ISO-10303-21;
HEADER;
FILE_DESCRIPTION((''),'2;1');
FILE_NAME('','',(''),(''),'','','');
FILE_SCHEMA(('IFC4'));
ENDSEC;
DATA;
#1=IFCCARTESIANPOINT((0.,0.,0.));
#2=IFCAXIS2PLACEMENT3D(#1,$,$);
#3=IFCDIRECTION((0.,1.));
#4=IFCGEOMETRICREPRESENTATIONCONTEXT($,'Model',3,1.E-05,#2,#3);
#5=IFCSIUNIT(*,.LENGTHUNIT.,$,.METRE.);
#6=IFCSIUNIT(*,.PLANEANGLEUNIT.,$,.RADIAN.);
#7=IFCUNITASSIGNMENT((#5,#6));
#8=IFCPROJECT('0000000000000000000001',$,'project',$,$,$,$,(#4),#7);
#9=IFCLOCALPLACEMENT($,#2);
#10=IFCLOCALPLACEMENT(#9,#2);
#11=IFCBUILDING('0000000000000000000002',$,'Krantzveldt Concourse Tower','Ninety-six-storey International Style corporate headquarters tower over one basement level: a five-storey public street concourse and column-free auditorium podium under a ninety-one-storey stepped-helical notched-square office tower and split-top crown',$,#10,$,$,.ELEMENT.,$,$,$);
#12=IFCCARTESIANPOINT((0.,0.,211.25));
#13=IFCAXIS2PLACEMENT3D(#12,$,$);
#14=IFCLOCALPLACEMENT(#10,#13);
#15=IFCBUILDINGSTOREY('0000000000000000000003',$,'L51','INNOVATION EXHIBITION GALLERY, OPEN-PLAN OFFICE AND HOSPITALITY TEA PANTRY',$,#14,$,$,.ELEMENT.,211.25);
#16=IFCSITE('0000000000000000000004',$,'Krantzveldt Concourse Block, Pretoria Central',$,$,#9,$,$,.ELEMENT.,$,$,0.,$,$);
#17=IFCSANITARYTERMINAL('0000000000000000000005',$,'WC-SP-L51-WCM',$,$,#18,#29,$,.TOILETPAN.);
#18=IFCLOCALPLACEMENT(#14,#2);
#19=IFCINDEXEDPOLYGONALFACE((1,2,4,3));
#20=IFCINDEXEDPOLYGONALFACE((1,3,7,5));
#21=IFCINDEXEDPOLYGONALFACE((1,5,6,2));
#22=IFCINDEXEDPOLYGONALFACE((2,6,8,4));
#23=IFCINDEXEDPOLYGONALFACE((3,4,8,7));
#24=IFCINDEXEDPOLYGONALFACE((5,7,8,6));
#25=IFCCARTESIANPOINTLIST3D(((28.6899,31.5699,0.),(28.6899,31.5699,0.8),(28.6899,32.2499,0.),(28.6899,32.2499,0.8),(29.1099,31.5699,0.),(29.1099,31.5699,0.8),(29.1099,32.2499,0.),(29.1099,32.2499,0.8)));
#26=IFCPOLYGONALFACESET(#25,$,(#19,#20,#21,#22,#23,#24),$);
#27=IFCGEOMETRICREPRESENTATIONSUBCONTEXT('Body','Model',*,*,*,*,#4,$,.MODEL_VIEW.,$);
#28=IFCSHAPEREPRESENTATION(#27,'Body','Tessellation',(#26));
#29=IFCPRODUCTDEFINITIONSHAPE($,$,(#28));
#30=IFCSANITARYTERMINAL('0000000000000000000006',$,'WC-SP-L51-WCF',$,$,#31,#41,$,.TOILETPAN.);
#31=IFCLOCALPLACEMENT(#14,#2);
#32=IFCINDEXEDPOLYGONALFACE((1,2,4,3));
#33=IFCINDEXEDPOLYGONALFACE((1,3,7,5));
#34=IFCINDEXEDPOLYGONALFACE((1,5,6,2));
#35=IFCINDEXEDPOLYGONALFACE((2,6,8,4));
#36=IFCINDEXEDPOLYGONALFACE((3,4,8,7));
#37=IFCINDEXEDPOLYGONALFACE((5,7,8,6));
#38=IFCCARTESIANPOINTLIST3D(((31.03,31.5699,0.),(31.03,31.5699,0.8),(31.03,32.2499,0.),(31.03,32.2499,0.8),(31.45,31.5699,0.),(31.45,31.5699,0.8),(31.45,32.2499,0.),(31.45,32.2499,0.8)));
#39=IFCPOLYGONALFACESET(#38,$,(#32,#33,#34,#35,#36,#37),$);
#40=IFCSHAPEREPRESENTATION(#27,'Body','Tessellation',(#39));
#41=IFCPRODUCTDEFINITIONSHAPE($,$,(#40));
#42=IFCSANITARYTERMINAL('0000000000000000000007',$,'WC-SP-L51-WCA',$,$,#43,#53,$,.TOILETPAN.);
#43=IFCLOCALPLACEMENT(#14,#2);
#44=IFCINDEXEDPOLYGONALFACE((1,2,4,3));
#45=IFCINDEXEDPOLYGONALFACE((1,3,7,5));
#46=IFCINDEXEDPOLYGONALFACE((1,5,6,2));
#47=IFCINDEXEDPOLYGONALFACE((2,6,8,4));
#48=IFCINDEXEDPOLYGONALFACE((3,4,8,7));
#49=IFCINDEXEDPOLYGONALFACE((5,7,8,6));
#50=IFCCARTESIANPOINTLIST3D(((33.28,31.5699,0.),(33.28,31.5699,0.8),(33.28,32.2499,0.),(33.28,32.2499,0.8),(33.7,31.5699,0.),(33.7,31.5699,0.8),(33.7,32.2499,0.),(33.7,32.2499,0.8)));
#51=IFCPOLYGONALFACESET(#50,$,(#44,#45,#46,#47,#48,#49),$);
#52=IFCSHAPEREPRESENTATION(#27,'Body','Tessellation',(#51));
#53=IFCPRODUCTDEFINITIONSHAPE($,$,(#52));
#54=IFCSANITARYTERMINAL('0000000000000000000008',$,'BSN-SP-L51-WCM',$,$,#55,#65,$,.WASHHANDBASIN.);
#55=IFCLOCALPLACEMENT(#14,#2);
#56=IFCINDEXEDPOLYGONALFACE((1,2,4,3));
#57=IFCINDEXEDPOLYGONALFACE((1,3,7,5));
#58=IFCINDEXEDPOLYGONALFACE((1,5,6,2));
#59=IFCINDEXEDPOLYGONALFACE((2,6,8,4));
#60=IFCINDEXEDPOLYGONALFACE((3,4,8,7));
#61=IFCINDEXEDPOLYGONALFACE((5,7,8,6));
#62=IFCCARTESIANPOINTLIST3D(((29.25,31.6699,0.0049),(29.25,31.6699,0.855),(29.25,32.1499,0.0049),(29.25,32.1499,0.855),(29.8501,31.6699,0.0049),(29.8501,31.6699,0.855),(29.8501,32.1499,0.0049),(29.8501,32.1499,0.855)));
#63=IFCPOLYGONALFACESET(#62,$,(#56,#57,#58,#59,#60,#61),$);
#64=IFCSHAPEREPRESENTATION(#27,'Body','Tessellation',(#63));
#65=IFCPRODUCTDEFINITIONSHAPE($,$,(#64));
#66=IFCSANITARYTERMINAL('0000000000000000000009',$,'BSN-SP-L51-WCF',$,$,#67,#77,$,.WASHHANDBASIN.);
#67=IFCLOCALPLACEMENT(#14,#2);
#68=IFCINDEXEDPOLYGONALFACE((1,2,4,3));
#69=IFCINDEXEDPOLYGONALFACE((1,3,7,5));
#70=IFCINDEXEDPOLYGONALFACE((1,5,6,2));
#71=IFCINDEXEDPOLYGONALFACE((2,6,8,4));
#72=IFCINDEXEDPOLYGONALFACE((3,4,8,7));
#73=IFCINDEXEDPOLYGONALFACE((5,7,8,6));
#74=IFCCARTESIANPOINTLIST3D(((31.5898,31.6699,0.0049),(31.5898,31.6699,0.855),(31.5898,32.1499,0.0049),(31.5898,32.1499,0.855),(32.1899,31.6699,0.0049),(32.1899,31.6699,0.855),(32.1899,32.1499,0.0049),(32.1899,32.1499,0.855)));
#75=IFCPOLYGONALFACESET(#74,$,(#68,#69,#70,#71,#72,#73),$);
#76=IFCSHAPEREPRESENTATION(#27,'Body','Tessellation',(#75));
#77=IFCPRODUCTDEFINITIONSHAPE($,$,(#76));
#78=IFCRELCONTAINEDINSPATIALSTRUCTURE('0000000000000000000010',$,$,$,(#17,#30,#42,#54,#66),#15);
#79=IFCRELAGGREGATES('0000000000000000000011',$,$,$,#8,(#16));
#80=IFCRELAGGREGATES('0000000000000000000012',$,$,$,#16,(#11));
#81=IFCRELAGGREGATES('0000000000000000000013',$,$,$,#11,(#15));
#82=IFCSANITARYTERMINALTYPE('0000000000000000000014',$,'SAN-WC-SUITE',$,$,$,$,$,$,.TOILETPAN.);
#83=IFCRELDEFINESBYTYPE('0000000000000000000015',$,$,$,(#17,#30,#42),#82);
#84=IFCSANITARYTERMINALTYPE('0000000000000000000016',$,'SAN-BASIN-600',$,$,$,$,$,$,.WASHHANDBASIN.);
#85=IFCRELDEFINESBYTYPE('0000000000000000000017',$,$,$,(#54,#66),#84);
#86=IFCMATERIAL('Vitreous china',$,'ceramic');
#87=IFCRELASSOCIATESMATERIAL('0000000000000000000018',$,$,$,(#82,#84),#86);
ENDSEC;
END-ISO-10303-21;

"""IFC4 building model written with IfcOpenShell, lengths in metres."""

from ifc_helpers import new_model, si_unit, direction, frame, origin, origin_2d, place, context, subcontext, project, spatial, rectangle, extrude, source, transform, mapped, material, type_object, type_shapes, element, save


model = new_model("IFC4")

# Units and contexts
model_context = context("Model", 3, precision=1e-05, world=origin(), true_north=direction((0.0, 1.0)))
body_context = subcontext(model_context, "Body", "Model", "MODEL_VIEW")
ifc_project = project(units=[si_unit("LENGTHUNIT", "METRE"), si_unit("PLANEANGLEUNIT", "RADIAN")], contexts=[model_context])

# Site, building, storey
site_placement = place(None, origin())
site = spatial("IfcSite", under=ifc_project, at=site_placement, Name="Krantzveldt Concourse Block, Pretoria Central", CompositionType="ELEMENT", RefElevation=0.0)
building_placement = place(site_placement, origin())
building = spatial("IfcBuilding", under=site, at=building_placement, Name="Krantzveldt Concourse Tower", Description="Ninety-six-storey International Style corporate headquarters tower over one basement level: a five-storey public street concourse and column-free auditorium podium under a ninety-one-storey stepped-helical notched-square office tower and split-top crown", CompositionType="ELEMENT")
storey_placement = place(building_placement, frame((0.0, 0.0, 211.25)))
storey = spatial("IfcBuildingStorey", under=building, at=storey_placement, Name="L51", Description="INNOVATION EXHIBITION GALLERY, OPEN-PLAN OFFICE AND HOSPITALITY TEA PANTRY", CompositionType="ELEMENT", Elevation=211.25)

# Sanitary terminals
ifc_material_1 = material(Name="Vitreous china", Category="ceramic")
sanitary_terminal_type_1 = type_object("IfcSanitaryTerminalType", Name="SAN-WC-SUITE", PredefinedType="TOILETPAN", material=ifc_material_1)
shared_shape_1 = source(origin(), body_context, "Body", "SweptSolid", [
    extrude(rectangle(XDim=0.4199, YDim=0.6799, at=origin_2d()), origin(), (0.0, 0.0, 1.0), 0.8),
])
type_shapes(sanitary_terminal_type_1, [shared_shape_1])
for number, where, z_axis, x_axis, name in (
    (1, (28.8999, 31.9099, 0.0), (0.0, 0.0, 1.0), (1.0, 0.0, 0.0), "WC-SP-L51-WCM"),
    (2, (31.24, 31.9099, 0.0), (0.0, 0.0, 1.0), (1.0, 0.0, 0.0), "WC-SP-L51-WCF"),
    (3, (33.49, 31.9099, 0.0), (0.0, 0.0, 1.0), (1.0, 0.0, 0.0), "WC-SP-L51-WCA"),
):
    element("IfcSanitaryTerminal", number, at=place(storey_placement, frame(where, z_axis=z_axis, x_axis=x_axis)), inside=storey, type_object=sanitary_terminal_type_1, Name=name, PredefinedType="TOILETPAN", context=body_context, shape_type="MappedRepresentation", body=[
        mapped(shared_shape_1, transform((0.0, 0.0, 0.0), x_axis=(1.0, 0.0, 0.0), y_axis=(0.0, 1.0, 0.0), z_axis=(0.0, 0.0, 1.0), scale=1.0)),
    ])
sanitary_terminal_type_2 = type_object("IfcSanitaryTerminalType", Name="SAN-BASIN-600", PredefinedType="WASHHANDBASIN", material=ifc_material_1)
shared_shape_2 = source(origin(), body_context, "Body", "SweptSolid", [
    extrude(rectangle(XDim=0.6001, YDim=0.48, at=origin_2d()), origin(), (0.0, 0.0, 1.0), 0.8501),
])
type_shapes(sanitary_terminal_type_2, [shared_shape_2])
for number, where, z_axis, x_axis, name in (
    (4, (29.55, 31.9099, 0.0049), (0.0, 0.0, 1.0), (1.0, 0.0, 0.0), "BSN-SP-L51-WCM"),
    (5, (31.8899, 31.9099, 0.0049), (0.0, 0.0, 1.0), (1.0, 0.0, 0.0), "BSN-SP-L51-WCF"),
):
    element("IfcSanitaryTerminal", number, at=place(storey_placement, frame(where, z_axis=z_axis, x_axis=x_axis)), inside=storey, type_object=sanitary_terminal_type_2, Name=name, PredefinedType="WASHHANDBASIN", context=body_context, shape_type="MappedRepresentation", body=[
        mapped(shared_shape_2, transform((0.0, 0.0, 0.0), x_axis=(1.0, 0.0, 0.0), y_axis=(0.0, 1.0, 0.0), z_axis=(0.0, 0.0, 1.0), scale=1.0)),
    ])

save(model, "model.ifc")
